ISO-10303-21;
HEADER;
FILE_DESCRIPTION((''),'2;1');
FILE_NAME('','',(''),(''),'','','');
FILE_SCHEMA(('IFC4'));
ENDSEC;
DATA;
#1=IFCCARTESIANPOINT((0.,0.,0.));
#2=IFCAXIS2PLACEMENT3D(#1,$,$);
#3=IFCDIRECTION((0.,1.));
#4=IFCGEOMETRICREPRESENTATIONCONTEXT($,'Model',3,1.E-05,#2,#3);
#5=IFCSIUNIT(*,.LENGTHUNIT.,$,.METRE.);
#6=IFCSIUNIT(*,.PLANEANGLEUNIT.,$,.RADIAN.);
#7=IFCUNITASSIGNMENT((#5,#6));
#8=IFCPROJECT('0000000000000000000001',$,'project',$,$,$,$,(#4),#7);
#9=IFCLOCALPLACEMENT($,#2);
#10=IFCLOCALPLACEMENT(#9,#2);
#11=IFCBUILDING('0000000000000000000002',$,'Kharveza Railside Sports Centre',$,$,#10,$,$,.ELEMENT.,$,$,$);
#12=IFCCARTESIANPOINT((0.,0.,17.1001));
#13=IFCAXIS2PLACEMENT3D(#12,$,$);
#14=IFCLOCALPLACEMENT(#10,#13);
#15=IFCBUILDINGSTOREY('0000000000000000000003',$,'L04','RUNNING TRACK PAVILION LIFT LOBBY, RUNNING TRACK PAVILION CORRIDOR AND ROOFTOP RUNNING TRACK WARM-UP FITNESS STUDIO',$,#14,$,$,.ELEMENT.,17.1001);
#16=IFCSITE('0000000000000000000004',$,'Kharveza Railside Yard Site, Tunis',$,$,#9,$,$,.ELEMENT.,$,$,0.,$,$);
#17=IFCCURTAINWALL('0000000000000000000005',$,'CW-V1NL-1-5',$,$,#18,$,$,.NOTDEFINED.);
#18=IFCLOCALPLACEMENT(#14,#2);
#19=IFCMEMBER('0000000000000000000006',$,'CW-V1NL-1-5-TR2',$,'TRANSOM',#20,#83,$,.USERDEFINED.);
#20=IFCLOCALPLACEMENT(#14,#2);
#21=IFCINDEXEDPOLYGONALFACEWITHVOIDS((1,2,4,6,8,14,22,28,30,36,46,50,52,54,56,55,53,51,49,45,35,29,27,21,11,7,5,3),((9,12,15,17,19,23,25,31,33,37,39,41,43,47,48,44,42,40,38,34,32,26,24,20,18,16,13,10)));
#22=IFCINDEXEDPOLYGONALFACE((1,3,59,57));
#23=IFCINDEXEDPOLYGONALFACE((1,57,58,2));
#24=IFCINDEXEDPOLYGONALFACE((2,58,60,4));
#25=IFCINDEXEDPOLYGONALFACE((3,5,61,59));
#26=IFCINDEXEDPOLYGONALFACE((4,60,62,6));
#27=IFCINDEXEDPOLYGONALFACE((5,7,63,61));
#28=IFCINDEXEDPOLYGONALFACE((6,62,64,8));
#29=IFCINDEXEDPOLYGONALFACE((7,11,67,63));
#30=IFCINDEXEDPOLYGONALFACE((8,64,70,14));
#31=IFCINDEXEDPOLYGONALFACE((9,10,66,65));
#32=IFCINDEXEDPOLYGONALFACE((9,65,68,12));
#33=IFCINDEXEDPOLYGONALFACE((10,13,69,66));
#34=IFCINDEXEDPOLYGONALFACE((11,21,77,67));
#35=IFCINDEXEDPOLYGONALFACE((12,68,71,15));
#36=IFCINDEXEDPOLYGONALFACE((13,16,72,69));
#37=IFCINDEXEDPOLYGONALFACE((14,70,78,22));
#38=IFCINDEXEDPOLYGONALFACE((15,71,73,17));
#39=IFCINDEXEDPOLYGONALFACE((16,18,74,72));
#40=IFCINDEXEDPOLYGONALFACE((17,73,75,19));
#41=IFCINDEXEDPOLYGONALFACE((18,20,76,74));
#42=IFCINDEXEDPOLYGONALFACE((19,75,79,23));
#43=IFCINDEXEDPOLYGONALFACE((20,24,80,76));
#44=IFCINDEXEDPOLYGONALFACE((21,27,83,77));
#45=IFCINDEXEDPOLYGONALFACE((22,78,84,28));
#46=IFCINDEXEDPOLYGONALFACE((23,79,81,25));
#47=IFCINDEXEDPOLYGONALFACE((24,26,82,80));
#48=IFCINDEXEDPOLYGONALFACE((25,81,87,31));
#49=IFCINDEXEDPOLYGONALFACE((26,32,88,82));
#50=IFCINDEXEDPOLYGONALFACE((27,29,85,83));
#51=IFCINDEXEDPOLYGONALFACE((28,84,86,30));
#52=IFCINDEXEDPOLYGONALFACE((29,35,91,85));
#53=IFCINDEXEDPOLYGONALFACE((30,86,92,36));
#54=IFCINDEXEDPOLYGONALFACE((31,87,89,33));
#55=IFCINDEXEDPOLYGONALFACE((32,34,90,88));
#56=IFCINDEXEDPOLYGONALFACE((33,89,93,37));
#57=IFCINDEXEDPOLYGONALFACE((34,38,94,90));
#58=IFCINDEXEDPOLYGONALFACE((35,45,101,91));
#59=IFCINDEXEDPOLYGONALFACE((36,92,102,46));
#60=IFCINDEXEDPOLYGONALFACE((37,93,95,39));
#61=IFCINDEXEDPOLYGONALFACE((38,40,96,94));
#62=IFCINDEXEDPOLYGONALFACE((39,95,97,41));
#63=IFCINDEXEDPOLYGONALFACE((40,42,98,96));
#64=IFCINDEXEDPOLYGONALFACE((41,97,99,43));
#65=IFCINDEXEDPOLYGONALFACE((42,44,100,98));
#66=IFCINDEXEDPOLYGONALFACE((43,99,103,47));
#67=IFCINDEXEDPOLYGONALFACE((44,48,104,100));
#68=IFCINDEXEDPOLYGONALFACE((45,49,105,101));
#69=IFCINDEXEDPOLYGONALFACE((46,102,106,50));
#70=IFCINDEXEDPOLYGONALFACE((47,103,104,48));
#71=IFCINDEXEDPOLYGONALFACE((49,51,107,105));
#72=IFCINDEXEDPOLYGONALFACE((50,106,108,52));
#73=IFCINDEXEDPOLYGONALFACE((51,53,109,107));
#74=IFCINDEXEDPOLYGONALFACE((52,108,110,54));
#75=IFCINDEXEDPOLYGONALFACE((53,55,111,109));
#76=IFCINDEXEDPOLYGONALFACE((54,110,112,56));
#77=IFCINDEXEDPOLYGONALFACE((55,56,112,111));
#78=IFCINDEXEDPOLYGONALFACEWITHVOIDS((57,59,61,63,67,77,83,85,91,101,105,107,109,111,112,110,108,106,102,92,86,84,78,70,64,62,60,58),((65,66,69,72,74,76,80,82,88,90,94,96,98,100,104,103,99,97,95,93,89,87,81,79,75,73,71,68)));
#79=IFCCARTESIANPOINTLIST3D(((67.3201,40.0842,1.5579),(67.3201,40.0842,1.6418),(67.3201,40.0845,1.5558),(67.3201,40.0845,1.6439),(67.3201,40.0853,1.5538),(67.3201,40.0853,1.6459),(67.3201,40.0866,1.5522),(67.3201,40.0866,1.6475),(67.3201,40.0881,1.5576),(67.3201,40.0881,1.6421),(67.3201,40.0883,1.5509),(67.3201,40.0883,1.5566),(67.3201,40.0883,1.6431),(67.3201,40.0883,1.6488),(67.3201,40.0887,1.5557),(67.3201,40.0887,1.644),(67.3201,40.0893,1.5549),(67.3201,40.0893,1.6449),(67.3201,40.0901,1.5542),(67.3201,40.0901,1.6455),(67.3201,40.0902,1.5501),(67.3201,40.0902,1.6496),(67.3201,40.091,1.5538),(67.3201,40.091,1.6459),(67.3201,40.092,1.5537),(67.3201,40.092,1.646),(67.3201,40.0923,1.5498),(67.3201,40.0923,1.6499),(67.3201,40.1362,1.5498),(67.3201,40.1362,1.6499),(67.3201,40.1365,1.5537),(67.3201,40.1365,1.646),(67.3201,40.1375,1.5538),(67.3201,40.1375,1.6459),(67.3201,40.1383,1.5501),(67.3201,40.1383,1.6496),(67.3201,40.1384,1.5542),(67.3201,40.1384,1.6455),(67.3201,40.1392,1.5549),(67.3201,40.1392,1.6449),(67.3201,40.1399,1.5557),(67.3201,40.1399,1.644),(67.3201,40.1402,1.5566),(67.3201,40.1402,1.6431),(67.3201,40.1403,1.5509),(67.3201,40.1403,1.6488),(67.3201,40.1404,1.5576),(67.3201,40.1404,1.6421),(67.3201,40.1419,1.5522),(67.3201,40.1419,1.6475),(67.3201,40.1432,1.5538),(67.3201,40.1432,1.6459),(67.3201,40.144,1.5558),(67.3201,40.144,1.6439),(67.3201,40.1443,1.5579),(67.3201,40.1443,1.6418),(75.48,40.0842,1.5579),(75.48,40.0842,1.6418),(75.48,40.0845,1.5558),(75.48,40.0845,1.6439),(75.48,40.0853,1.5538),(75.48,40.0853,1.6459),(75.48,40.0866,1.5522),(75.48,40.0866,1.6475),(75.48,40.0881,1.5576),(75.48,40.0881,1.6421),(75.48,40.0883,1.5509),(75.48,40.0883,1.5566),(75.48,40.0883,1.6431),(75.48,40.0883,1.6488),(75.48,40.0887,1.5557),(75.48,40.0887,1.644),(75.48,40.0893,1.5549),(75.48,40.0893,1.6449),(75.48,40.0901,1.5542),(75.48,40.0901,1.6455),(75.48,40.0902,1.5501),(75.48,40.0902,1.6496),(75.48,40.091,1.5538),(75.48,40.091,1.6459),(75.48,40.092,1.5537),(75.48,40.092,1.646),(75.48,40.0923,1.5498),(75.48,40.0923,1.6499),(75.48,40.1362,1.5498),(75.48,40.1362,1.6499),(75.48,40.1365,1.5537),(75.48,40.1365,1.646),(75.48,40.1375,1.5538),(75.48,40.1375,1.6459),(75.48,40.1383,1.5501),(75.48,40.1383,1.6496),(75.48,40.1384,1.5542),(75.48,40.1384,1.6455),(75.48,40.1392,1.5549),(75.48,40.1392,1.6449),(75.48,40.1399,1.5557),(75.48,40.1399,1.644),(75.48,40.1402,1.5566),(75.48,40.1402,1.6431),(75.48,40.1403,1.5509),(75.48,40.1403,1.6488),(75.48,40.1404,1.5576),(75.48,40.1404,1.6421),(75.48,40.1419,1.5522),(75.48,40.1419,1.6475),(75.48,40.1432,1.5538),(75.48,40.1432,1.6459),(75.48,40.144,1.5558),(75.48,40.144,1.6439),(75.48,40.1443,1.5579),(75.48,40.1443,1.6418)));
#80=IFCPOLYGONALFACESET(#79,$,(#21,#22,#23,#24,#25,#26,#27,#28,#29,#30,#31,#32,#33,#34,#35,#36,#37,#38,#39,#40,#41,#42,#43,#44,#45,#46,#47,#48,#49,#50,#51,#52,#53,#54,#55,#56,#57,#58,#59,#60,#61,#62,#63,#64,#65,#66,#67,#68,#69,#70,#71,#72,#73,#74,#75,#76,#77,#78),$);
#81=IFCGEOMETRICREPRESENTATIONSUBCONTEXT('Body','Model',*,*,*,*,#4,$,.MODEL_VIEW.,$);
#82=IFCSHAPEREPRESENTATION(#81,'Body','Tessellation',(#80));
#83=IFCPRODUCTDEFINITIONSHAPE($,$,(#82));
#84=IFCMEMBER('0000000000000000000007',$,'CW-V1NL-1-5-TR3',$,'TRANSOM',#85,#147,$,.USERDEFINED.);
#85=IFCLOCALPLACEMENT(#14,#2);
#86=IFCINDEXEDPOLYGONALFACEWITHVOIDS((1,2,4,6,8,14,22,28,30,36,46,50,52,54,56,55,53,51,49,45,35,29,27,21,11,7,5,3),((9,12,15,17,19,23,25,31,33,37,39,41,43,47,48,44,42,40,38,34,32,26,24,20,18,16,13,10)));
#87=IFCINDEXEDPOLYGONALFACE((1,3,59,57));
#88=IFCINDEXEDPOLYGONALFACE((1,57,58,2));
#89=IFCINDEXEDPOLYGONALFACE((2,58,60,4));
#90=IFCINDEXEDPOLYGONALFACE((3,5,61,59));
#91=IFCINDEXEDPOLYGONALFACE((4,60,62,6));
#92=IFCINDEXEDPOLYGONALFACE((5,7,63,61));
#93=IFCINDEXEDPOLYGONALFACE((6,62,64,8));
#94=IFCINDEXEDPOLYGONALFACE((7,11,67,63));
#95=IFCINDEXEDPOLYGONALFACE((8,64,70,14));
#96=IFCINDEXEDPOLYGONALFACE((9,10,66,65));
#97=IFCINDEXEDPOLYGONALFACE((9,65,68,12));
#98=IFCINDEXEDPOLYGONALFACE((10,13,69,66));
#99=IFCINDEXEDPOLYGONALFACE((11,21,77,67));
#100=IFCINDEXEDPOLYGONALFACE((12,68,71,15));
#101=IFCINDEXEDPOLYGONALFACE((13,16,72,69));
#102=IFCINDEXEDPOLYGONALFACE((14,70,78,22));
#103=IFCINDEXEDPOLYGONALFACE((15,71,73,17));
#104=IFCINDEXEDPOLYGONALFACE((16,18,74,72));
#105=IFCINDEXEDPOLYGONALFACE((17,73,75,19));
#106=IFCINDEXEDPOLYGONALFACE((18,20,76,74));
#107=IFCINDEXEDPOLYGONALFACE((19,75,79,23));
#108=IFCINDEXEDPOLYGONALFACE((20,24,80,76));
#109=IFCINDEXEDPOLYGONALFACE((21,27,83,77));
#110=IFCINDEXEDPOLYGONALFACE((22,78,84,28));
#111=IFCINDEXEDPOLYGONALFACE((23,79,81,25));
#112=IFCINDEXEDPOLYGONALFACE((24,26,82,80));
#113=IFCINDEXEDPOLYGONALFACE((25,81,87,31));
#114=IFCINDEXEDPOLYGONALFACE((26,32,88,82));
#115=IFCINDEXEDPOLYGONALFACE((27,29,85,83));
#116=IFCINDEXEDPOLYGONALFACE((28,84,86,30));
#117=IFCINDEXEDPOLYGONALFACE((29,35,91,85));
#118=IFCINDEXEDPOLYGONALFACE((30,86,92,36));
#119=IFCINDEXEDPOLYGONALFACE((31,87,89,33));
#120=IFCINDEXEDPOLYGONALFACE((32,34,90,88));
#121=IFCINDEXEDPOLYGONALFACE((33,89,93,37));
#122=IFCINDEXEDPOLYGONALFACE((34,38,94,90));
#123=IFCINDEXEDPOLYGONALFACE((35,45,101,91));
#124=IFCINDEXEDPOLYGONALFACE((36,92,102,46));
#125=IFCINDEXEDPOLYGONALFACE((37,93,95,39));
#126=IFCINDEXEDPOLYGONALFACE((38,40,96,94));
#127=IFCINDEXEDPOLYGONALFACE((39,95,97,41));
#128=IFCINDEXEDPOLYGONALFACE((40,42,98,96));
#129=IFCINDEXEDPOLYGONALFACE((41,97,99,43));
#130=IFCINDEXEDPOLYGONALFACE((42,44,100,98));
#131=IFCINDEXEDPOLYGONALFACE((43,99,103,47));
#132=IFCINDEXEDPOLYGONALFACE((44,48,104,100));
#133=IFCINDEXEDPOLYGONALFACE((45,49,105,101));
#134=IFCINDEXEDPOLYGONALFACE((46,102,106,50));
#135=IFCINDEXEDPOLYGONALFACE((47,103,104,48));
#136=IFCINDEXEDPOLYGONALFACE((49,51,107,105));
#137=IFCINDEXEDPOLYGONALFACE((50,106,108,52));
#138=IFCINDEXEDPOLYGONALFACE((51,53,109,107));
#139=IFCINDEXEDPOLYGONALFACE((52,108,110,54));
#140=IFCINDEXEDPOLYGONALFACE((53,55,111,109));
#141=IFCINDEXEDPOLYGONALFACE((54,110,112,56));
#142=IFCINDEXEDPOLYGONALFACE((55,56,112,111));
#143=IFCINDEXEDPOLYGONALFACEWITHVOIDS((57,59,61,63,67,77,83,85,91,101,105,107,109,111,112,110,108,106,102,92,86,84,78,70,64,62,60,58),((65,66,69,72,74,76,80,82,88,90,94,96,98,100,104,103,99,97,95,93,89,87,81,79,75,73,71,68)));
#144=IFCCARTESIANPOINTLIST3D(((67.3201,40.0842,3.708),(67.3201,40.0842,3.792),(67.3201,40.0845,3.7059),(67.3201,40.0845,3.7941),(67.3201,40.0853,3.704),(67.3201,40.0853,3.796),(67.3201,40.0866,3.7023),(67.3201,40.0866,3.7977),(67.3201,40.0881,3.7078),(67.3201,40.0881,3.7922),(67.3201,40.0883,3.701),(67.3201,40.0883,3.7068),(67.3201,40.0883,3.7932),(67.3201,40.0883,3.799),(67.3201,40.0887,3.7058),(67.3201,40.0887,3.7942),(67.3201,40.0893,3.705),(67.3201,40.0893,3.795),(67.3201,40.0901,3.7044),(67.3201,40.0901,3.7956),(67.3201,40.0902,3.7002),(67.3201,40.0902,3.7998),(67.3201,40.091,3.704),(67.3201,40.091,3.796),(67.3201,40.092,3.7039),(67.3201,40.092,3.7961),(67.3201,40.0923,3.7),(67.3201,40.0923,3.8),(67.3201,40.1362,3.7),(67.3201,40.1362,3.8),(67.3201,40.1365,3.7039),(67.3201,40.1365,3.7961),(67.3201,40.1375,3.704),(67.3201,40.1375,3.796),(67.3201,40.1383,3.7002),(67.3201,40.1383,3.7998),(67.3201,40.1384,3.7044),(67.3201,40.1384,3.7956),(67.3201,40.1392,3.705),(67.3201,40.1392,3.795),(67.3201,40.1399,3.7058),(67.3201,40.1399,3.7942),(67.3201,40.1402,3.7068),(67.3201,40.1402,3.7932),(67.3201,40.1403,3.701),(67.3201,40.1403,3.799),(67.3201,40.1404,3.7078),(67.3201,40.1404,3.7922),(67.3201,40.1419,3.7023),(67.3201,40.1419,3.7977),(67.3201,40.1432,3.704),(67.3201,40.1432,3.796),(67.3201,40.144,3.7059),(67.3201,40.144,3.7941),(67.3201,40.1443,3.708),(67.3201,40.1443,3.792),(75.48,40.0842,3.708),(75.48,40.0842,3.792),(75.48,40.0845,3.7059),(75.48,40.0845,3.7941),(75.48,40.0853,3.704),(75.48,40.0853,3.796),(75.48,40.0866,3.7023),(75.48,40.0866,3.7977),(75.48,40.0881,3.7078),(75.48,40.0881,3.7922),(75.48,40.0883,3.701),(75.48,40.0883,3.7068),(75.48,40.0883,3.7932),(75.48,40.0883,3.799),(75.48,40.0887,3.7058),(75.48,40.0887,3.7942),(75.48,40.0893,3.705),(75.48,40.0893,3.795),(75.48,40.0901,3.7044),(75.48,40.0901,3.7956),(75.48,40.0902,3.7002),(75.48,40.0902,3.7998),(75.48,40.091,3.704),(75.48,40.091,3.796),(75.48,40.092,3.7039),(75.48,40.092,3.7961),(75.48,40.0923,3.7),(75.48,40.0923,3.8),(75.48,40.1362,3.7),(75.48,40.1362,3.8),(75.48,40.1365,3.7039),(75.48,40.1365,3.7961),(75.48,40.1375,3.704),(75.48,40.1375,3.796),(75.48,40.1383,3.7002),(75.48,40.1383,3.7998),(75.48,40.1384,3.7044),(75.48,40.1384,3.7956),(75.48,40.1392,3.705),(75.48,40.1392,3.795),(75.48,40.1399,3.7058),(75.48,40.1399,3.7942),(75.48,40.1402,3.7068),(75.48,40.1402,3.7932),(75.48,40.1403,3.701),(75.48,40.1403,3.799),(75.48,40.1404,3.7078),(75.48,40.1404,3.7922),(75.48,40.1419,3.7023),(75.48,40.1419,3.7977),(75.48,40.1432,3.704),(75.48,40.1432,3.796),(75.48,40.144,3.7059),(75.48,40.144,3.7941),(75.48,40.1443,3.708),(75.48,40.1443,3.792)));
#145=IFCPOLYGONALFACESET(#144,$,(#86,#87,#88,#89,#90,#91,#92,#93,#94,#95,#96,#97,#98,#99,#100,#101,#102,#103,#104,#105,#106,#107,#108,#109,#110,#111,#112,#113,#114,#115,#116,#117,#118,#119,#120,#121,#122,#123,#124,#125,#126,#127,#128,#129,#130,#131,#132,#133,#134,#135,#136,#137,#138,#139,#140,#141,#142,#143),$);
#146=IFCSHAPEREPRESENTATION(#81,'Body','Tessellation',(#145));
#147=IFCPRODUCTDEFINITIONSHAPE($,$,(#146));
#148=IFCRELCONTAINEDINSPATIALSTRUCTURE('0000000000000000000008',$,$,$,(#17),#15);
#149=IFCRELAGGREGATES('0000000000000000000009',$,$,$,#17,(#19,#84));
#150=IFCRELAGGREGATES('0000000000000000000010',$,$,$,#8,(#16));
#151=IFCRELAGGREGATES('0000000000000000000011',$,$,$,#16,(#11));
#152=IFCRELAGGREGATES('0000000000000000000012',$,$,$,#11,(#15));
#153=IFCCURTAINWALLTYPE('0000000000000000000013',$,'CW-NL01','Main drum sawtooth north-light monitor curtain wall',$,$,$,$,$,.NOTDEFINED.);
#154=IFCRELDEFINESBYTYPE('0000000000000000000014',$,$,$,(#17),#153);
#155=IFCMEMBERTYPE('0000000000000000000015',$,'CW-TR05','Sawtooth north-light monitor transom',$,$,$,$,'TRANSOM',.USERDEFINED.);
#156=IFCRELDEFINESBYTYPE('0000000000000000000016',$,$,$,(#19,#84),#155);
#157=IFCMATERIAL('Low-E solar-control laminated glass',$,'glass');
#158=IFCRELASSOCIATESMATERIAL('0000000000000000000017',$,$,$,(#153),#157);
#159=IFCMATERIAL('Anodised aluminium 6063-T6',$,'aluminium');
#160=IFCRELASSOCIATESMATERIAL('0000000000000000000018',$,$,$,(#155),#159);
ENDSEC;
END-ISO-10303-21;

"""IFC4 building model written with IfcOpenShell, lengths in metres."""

from ifc_helpers import new_model, si_unit, direction, frame, origin, origin_2d, place, context, subcontext, project, spatial, hollow_rectangle, extrude, material, material_profile, profile_set, type_object, element, aggregate, save


model = new_model("IFC4")

# Units and contexts
model_context = context("Model", 3, precision=1e-05, world=origin(), true_north=direction((0.0, 1.0)))
body_context = subcontext(model_context, "Body", "Model", "MODEL_VIEW")
ifc_project = project(units=[si_unit("LENGTHUNIT", "METRE"), si_unit("PLANEANGLEUNIT", "RADIAN")], contexts=[model_context])

# Site, building, storey
site_placement = place(None, origin())
site = spatial("IfcSite", under=ifc_project, at=site_placement, Name="Kharveza Railside Yard Site, Tunis", CompositionType="ELEMENT", RefElevation=0.0)
building_placement = place(site_placement, origin())
building = spatial("IfcBuilding", under=site, at=building_placement, Name="Kharveza Railside Sports Centre", CompositionType="ELEMENT")
storey_placement = place(building_placement, frame((0.0, 0.0, 17.1001)))
storey = spatial("IfcBuildingStorey", under=building, at=storey_placement, Name="L04", Description="RUNNING TRACK PAVILION LIFT LOBBY, RUNNING TRACK PAVILION CORRIDOR AND ROOFTOP RUNNING TRACK WARM-UP FITNESS STUDIO", CompositionType="ELEMENT", Elevation=17.1001)

# Curtain wall
ifc_material_1 = material(Name="Low-E solar-control laminated glass", Category="glass")
curtain_wall_type = type_object("IfcCurtainWallType", Name="CW-NL01", Description="Main drum sawtooth north-light monitor curtain wall", PredefinedType="NOTDEFINED", material=ifc_material_1)
curtain_wall_1_placement = place(storey_placement, origin())
curtain_wall_1 = element("IfcCurtainWall", 1, at=curtain_wall_1_placement, inside=storey, type_object=curtain_wall_type, Name="CW-V1NL-1-5", PredefinedType="NOTDEFINED")
ifc_material_2 = material(Name="Anodised aluminium 6063-T6", Category="aluminium")

# Members
ifc_material_profile_1 = material_profile(ifc_material_2, hollow_rectangle(XDim=0.0601, YDim=0.1001, WallThickness=0.0039, InnerFilletRadius=0.0039, OuterFilletRadius=0.0081, at=origin_2d()), Name="RHS 60x100x4.0")
ifc_profile_set_1 = profile_set([ifc_material_profile_1], Name="Anodised aluminium 6063-T6")
member_type_1 = type_object("IfcMemberType", Name="CW-TR05", Description="Sawtooth north-light monitor transom", ElementType="TRANSOM", PredefinedType="USERDEFINED", material=ifc_profile_set_1)
member_1_placement = place(storey_placement, frame((67.3201, 40.1143, 1.5999), z_axis=(1.0, 0.0, 0.0), x_axis=(0.0, 1.0, 0.0)))
member_1 = element("IfcMember", 2, at=member_1_placement, type_object=member_type_1, Name="CW-V1NL-1-5-TR2", ObjectType="TRANSOM", PredefinedType="USERDEFINED", context=body_context, shape_type="SweptSolid", body=[
    extrude(hollow_rectangle(XDim=0.0601, YDim=0.1001, WallThickness=0.0039, InnerFilletRadius=0.0039, OuterFilletRadius=0.0081, at=origin_2d()), origin(), (0.0, 0.0, 1.0), 8.1599),
])
member_2_placement = place(storey_placement, frame((67.3201, 40.1143, 3.75), z_axis=(1.0, 0.0, 0.0), x_axis=(0.0, 1.0, 0.0)))
member_2 = element("IfcMember", 3, at=member_2_placement, type_object=member_type_1, Name="CW-V1NL-1-5-TR3", ObjectType="TRANSOM", PredefinedType="USERDEFINED", context=body_context, shape_type="SweptSolid", body=[
    extrude(hollow_rectangle(XDim=0.0601, YDim=0.1001, WallThickness=0.0039, InnerFilletRadius=0.0039, OuterFilletRadius=0.0081, at=origin_2d()), origin(), (0.0, 0.0, 1.0), 8.1599),
])

aggregate(curtain_wall_1, [member_1, member_2])

save(model, "model.ifc")
